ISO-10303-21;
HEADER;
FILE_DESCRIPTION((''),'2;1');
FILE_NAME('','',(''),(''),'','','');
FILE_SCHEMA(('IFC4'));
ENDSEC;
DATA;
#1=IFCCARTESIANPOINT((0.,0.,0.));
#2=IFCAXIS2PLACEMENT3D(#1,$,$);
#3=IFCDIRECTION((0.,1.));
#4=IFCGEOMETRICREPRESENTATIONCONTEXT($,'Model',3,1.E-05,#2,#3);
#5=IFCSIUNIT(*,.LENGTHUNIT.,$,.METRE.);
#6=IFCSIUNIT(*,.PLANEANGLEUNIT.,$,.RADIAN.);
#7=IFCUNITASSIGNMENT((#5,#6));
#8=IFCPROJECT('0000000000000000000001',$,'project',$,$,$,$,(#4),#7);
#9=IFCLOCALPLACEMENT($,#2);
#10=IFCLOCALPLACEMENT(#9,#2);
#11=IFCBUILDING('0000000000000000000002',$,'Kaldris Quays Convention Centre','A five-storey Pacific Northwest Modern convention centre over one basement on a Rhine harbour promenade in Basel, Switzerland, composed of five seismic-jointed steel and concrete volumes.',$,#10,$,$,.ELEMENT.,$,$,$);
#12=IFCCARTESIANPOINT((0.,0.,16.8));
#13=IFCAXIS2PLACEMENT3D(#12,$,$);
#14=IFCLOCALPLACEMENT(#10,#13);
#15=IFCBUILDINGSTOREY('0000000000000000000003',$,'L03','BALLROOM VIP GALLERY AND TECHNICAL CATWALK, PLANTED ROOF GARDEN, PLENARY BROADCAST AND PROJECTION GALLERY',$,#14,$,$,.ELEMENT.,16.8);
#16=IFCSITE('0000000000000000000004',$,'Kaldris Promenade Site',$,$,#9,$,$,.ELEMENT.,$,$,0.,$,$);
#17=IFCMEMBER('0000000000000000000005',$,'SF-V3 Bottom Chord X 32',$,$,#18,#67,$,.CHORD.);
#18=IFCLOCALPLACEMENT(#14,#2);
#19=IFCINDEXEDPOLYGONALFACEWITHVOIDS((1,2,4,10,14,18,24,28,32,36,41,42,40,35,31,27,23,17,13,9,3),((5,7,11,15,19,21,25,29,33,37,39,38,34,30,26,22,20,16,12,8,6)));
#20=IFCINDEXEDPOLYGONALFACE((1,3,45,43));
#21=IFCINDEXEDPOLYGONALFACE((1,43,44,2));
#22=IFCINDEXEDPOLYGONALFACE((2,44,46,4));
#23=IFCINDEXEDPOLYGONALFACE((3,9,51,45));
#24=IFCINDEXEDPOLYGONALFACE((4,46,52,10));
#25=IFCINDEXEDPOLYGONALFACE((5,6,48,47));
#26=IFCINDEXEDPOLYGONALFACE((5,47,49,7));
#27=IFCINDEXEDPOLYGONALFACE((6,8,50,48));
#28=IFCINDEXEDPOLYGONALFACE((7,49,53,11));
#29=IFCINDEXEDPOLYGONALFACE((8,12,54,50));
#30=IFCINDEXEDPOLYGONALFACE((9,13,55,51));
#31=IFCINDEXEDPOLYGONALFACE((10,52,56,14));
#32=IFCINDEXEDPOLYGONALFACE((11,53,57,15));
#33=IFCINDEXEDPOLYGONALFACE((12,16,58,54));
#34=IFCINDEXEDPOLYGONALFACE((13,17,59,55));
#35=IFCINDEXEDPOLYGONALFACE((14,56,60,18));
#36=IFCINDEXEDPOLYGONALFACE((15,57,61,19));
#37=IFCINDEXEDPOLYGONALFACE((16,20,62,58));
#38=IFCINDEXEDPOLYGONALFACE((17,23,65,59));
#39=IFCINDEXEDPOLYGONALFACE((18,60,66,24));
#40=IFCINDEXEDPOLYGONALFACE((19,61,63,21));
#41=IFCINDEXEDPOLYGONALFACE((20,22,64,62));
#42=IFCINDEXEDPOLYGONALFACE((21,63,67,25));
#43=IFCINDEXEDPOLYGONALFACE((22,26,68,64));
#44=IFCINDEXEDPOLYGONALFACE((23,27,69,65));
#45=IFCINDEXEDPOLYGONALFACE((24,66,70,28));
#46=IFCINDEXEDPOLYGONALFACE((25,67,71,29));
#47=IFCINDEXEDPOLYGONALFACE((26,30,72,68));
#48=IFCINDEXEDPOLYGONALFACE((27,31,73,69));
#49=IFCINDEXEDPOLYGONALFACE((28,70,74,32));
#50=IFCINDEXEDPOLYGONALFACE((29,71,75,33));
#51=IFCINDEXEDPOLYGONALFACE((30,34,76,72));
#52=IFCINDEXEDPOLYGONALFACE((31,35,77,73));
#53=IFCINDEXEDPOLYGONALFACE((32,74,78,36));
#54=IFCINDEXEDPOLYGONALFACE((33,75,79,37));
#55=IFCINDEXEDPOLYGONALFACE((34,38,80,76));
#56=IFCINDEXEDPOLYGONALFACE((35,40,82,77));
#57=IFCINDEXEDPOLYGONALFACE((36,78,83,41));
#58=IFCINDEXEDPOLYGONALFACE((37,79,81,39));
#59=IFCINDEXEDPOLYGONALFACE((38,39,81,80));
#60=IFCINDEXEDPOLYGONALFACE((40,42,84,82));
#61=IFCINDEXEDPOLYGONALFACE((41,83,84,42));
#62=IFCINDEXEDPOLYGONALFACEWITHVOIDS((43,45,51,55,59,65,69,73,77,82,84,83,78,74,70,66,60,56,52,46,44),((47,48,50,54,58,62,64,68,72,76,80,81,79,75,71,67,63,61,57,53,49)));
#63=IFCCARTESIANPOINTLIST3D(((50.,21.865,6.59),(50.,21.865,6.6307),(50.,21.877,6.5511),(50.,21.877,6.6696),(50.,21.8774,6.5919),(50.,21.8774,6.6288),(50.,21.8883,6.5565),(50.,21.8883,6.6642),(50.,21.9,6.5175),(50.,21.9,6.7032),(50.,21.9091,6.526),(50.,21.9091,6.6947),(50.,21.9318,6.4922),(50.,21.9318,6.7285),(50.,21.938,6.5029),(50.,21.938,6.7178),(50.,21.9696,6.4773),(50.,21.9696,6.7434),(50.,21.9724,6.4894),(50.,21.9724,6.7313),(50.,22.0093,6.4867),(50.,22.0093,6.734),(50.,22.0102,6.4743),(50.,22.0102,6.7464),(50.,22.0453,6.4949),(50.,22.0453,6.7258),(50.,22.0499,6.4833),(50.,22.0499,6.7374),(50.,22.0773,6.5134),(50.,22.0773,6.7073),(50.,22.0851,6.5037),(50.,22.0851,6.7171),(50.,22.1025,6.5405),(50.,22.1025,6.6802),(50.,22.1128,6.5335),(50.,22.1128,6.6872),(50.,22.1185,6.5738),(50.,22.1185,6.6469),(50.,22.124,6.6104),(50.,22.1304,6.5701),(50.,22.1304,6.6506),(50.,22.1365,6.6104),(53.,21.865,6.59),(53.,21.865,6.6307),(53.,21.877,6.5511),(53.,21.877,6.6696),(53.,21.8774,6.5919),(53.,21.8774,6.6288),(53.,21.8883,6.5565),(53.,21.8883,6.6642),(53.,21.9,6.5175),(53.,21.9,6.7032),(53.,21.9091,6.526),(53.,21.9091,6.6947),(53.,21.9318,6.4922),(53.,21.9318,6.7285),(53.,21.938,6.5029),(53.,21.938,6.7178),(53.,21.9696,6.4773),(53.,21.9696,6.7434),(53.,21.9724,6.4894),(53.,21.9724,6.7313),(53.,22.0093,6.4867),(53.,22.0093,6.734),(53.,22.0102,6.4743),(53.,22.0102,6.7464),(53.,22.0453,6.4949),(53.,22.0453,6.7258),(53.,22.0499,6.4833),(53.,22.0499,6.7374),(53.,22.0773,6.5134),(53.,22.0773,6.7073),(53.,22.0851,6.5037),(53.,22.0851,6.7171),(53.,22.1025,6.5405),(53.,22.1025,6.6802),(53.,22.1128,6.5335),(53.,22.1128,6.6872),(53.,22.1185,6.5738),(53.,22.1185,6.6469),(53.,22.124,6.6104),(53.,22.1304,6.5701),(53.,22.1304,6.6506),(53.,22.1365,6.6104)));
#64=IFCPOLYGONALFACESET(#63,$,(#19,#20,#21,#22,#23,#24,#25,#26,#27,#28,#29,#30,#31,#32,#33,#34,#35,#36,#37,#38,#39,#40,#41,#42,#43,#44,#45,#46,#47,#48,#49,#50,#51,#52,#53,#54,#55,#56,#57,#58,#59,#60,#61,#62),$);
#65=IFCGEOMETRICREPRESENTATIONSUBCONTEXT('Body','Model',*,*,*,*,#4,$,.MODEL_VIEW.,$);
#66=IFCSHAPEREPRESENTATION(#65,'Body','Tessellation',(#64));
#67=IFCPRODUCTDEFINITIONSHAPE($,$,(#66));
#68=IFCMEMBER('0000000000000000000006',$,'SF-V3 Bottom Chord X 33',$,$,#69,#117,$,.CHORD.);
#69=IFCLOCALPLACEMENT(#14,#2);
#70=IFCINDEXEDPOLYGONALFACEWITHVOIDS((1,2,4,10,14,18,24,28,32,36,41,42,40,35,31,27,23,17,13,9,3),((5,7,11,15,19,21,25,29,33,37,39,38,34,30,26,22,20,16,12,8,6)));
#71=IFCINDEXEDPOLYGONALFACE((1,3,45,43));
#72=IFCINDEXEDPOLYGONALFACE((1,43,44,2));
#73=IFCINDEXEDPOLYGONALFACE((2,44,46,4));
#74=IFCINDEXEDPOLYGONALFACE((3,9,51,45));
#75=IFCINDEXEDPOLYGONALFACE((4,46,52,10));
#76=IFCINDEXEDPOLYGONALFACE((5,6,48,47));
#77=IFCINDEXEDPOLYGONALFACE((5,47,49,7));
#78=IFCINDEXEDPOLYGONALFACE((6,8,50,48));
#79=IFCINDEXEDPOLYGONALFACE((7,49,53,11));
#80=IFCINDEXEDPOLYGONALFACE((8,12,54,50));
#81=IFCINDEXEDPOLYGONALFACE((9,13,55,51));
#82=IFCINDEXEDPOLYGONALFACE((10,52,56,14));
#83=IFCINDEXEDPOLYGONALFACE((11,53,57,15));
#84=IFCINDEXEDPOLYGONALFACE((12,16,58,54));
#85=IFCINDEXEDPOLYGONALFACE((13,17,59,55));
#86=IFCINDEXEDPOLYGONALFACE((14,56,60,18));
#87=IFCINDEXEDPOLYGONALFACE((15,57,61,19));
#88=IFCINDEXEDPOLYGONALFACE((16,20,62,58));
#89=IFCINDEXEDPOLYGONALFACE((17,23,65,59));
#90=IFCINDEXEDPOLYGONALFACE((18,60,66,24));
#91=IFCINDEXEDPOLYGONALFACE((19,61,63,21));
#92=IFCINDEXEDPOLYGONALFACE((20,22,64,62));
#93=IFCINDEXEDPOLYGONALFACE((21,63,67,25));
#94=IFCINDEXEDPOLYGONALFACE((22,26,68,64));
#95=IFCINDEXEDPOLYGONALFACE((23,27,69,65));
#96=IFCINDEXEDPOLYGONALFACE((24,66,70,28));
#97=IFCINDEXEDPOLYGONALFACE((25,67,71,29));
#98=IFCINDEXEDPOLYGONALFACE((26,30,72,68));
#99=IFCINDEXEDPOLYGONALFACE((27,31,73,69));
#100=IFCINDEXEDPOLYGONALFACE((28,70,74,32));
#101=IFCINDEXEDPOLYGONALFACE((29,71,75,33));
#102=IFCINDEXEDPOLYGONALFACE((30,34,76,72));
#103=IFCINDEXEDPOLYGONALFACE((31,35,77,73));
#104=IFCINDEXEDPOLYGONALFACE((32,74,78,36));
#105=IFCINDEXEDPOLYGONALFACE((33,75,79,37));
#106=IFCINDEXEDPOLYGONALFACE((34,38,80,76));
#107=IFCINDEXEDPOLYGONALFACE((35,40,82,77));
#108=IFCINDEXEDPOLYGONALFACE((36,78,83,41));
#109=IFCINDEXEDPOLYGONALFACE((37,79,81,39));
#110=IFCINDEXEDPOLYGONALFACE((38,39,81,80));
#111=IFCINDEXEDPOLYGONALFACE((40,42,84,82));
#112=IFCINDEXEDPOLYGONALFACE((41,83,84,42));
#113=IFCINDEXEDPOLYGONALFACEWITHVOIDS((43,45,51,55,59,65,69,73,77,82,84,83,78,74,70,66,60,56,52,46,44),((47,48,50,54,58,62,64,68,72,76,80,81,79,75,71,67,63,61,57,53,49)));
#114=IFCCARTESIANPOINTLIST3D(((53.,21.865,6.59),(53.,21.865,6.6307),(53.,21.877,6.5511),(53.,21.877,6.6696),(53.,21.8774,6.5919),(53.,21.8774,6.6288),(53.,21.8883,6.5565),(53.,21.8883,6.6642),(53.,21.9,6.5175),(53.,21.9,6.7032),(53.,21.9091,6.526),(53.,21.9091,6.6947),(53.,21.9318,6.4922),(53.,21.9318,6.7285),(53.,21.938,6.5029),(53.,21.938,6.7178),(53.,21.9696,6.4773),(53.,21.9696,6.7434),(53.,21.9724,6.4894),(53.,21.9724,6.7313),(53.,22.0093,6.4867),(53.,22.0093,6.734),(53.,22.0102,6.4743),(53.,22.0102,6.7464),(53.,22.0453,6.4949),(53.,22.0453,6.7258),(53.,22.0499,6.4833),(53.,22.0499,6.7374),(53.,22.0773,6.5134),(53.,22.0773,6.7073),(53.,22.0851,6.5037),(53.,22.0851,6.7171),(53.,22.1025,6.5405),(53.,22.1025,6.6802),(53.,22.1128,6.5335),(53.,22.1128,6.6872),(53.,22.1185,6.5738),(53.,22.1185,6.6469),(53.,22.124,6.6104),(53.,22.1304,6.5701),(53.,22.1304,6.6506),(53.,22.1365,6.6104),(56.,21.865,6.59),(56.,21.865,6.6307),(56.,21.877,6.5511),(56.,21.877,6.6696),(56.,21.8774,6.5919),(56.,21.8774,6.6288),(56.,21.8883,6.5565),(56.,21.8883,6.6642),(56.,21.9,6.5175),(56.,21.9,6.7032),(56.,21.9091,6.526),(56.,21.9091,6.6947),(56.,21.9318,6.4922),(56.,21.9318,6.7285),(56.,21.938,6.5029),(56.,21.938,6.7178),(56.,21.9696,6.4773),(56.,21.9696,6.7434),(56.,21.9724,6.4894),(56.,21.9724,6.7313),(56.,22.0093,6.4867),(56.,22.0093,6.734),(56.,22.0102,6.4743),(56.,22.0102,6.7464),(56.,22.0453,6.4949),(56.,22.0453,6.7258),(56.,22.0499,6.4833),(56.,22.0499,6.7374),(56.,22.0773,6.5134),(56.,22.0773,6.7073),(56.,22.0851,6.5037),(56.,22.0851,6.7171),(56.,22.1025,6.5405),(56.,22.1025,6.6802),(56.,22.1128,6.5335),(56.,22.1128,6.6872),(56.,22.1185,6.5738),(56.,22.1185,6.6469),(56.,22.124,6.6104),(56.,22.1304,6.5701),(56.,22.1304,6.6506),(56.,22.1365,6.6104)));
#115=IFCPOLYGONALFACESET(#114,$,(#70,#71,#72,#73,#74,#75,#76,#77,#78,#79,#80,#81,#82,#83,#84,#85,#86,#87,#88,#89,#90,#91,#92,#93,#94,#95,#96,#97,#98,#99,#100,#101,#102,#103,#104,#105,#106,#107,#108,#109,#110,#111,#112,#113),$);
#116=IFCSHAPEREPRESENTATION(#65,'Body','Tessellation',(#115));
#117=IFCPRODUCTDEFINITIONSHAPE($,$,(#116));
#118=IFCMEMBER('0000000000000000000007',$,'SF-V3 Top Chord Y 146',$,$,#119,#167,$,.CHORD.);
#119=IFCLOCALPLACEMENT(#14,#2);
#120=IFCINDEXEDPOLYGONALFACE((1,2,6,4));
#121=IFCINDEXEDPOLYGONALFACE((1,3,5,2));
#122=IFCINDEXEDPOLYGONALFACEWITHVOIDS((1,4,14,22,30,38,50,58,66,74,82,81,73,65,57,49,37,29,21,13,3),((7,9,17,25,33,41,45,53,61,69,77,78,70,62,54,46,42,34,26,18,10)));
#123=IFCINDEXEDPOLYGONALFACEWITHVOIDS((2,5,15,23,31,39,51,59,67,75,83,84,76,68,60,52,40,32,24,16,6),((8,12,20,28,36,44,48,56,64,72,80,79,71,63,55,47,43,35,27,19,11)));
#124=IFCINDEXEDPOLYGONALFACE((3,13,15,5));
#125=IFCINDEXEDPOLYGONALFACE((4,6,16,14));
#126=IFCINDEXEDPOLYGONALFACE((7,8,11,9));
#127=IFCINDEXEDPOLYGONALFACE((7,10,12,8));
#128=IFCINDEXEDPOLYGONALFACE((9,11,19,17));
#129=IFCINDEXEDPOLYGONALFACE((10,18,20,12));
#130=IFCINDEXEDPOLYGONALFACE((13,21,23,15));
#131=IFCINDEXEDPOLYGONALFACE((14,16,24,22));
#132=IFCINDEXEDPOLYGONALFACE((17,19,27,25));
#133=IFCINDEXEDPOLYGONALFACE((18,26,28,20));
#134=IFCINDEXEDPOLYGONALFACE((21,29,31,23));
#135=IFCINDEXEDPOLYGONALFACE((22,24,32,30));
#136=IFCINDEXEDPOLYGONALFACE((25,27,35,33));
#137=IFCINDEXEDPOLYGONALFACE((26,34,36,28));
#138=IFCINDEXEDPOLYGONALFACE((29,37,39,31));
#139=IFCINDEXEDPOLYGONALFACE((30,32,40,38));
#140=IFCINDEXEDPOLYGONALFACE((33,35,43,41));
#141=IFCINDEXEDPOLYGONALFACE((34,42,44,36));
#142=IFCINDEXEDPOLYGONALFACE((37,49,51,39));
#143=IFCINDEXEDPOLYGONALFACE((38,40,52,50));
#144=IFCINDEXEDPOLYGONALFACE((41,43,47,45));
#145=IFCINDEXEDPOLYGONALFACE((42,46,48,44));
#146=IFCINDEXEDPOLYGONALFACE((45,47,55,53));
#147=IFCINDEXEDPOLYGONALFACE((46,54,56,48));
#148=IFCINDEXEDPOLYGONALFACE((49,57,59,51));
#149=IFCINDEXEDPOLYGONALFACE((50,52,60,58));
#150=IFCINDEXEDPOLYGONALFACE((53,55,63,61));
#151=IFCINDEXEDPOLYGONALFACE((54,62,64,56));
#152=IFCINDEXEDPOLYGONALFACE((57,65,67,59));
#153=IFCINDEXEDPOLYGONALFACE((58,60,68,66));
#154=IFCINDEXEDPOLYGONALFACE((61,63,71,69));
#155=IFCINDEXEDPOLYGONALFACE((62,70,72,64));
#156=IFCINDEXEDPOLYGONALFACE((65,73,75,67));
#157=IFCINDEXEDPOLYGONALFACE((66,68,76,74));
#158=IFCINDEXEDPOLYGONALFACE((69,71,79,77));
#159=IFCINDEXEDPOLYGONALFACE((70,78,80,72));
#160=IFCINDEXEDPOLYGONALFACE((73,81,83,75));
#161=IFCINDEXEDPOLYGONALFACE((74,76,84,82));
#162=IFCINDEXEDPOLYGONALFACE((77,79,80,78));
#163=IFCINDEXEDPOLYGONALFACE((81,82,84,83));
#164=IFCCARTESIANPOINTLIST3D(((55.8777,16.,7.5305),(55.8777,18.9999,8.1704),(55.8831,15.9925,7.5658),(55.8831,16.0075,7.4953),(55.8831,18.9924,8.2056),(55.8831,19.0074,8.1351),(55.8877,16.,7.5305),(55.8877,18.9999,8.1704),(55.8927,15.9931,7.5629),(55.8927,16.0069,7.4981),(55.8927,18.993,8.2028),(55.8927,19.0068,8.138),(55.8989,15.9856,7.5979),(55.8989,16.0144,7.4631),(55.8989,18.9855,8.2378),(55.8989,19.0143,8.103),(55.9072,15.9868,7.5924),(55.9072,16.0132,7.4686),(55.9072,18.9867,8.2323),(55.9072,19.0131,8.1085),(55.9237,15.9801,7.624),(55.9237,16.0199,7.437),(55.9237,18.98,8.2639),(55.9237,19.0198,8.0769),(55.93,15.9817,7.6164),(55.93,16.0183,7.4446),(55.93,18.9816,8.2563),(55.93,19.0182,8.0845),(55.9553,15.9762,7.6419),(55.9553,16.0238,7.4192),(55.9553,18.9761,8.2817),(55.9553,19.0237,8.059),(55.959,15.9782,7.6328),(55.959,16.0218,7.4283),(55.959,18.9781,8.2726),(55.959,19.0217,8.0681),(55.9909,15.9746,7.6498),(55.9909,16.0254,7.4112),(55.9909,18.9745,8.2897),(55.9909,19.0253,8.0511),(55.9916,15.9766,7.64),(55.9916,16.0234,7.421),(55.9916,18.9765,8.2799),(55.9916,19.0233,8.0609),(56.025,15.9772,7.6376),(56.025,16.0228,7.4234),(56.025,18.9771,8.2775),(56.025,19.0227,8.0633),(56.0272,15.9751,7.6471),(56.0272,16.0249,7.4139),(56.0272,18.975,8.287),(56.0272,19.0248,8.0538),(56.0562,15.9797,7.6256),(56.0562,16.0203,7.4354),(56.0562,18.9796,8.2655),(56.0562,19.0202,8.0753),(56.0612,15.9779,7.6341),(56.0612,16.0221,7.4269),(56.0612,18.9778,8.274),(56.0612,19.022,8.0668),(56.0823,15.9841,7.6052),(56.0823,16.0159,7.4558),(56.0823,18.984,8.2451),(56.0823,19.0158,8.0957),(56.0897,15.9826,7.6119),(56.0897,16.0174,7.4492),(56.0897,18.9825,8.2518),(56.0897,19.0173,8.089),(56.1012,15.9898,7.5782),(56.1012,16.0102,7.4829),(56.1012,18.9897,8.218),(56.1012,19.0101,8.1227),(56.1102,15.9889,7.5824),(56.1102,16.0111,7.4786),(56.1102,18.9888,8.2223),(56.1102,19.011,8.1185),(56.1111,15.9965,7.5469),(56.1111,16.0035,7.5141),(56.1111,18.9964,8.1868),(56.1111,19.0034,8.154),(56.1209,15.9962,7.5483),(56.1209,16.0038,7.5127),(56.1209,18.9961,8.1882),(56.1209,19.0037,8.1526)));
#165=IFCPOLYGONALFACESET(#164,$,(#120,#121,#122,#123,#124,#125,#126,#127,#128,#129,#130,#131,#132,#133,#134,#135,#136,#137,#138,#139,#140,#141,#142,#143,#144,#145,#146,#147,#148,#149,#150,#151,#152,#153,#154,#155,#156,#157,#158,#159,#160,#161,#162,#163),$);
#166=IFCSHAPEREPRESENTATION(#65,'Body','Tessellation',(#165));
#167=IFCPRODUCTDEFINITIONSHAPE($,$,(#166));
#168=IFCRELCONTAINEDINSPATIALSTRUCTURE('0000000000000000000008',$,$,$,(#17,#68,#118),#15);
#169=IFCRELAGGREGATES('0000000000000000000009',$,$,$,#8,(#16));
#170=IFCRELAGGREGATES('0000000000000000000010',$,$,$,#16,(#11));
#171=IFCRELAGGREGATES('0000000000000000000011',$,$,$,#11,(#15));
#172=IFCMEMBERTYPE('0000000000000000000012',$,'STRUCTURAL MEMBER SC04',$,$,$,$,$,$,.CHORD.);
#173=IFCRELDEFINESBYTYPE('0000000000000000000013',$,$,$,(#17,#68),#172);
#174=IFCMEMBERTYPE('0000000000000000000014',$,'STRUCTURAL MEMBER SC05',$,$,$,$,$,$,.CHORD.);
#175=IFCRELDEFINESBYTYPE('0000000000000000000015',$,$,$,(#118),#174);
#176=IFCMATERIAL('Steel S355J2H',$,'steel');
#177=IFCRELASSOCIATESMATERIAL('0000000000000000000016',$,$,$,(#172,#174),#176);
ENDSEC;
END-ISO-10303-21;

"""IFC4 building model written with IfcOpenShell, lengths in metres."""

from ifc_helpers import new_model, si_unit, direction, frame, origin, origin_2d, place, context, subcontext, project, spatial, hollow_circle, extrude, material, material_profile, profile_set, type_object, element, save


model = new_model("IFC4")

# Units and contexts
model_context = context("Model", 3, precision=1e-05, world=origin(), true_north=direction((0.0, 1.0)))
body_context = subcontext(model_context, "Body", "Model", "MODEL_VIEW")
ifc_project = project(units=[si_unit("LENGTHUNIT", "METRE"), si_unit("PLANEANGLEUNIT", "RADIAN")], contexts=[model_context])

# Site, building, storey
site_placement = place(None, origin())
site = spatial("IfcSite", under=ifc_project, at=site_placement, Name="Kaldris Promenade Site", CompositionType="ELEMENT", RefElevation=0.0)
building_placement = place(site_placement, origin())
building = spatial("IfcBuilding", under=site, at=building_placement, Name="Kaldris Quays Convention Centre", Description="A five-storey Pacific Northwest Modern convention centre over one basement on a Rhine harbour promenade in Basel, Switzerland, composed of five seismic-jointed steel and concrete volumes.", CompositionType="ELEMENT")
storey_placement = place(building_placement, frame((0.0, 0.0, 16.8)))
storey = spatial("IfcBuildingStorey", under=building, at=storey_placement, Name="L03", Description="BALLROOM VIP GALLERY AND TECHNICAL CATWALK, PLANTED ROOF GARDEN, PLENARY BROADCAST AND PROJECTION GALLERY", CompositionType="ELEMENT", Elevation=16.8)

# Members
ifc_material_1 = material(Name="Steel S355J2H", Category="steel")
ifc_material_profile_1 = material_profile(ifc_material_1, hollow_circle(Radius=0.1365, WallThickness=0.0125, at=origin_2d()), Name="CHS 273x12.5")
ifc_profile_set_1 = profile_set([ifc_material_profile_1], Name="Steel S355J2H")
member_type_1 = type_object("IfcMemberType", Name="STRUCTURAL MEMBER SC04", PredefinedType="CHORD", material=ifc_profile_set_1)
for number, where, z_axis, x_axis, name in (
    (1, (50.0, 22.0, 6.6104), (1.0, 0.0, 0.0), (0.0, 1.0, 0.0), "SF-V3 Bottom Chord X 32"),
    (2, (53.0, 22.0, 6.6104), (1.0, 0.0, 0.0), (0.0, 1.0, 0.0), "SF-V3 Bottom Chord X 33"),
):
    element("IfcMember", number, at=place(storey_placement, frame(where, z_axis=z_axis, x_axis=x_axis)), inside=storey, type_object=member_type_1, Name=name, PredefinedType="CHORD", context=body_context, shape_type="SweptSolid", body=[
        extrude(hollow_circle(Radius=0.1365, WallThickness=0.0125, at=origin_2d()), origin(), (0.0, 0.0, 1.0), 3.0),
    ])
ifc_material_profile_2 = material_profile(ifc_material_1, hollow_circle(Radius=0.1223, WallThickness=0.01, at=origin_2d()), Name="CHS 244.5x10")
ifc_profile_set_2 = profile_set([ifc_material_profile_2], Name="Steel S355J2H")
member_type_2 = type_object("IfcMemberType", Name="STRUCTURAL MEMBER SC05", PredefinedType="CHORD", material=ifc_profile_set_2)
member_1_placement = place(storey_placement, frame((56.0, 16.0, 7.5305), z_axis=(0.0, 0.978, 0.208605), x_axis=(-1.0, 0.0, 0.0)))
element("IfcMember", 3, at=member_1_placement, inside=storey, type_object=member_type_2, Name="SF-V3 Top Chord Y 146", PredefinedType="CHORD", context=body_context, shape_type="SweptSolid", body=[
    extrude(hollow_circle(Radius=0.1223, WallThickness=0.01, at=origin_2d()), origin(), (0.0, 0.0, 1.0), 3.0674),
])

save(model, "model.ifc")
